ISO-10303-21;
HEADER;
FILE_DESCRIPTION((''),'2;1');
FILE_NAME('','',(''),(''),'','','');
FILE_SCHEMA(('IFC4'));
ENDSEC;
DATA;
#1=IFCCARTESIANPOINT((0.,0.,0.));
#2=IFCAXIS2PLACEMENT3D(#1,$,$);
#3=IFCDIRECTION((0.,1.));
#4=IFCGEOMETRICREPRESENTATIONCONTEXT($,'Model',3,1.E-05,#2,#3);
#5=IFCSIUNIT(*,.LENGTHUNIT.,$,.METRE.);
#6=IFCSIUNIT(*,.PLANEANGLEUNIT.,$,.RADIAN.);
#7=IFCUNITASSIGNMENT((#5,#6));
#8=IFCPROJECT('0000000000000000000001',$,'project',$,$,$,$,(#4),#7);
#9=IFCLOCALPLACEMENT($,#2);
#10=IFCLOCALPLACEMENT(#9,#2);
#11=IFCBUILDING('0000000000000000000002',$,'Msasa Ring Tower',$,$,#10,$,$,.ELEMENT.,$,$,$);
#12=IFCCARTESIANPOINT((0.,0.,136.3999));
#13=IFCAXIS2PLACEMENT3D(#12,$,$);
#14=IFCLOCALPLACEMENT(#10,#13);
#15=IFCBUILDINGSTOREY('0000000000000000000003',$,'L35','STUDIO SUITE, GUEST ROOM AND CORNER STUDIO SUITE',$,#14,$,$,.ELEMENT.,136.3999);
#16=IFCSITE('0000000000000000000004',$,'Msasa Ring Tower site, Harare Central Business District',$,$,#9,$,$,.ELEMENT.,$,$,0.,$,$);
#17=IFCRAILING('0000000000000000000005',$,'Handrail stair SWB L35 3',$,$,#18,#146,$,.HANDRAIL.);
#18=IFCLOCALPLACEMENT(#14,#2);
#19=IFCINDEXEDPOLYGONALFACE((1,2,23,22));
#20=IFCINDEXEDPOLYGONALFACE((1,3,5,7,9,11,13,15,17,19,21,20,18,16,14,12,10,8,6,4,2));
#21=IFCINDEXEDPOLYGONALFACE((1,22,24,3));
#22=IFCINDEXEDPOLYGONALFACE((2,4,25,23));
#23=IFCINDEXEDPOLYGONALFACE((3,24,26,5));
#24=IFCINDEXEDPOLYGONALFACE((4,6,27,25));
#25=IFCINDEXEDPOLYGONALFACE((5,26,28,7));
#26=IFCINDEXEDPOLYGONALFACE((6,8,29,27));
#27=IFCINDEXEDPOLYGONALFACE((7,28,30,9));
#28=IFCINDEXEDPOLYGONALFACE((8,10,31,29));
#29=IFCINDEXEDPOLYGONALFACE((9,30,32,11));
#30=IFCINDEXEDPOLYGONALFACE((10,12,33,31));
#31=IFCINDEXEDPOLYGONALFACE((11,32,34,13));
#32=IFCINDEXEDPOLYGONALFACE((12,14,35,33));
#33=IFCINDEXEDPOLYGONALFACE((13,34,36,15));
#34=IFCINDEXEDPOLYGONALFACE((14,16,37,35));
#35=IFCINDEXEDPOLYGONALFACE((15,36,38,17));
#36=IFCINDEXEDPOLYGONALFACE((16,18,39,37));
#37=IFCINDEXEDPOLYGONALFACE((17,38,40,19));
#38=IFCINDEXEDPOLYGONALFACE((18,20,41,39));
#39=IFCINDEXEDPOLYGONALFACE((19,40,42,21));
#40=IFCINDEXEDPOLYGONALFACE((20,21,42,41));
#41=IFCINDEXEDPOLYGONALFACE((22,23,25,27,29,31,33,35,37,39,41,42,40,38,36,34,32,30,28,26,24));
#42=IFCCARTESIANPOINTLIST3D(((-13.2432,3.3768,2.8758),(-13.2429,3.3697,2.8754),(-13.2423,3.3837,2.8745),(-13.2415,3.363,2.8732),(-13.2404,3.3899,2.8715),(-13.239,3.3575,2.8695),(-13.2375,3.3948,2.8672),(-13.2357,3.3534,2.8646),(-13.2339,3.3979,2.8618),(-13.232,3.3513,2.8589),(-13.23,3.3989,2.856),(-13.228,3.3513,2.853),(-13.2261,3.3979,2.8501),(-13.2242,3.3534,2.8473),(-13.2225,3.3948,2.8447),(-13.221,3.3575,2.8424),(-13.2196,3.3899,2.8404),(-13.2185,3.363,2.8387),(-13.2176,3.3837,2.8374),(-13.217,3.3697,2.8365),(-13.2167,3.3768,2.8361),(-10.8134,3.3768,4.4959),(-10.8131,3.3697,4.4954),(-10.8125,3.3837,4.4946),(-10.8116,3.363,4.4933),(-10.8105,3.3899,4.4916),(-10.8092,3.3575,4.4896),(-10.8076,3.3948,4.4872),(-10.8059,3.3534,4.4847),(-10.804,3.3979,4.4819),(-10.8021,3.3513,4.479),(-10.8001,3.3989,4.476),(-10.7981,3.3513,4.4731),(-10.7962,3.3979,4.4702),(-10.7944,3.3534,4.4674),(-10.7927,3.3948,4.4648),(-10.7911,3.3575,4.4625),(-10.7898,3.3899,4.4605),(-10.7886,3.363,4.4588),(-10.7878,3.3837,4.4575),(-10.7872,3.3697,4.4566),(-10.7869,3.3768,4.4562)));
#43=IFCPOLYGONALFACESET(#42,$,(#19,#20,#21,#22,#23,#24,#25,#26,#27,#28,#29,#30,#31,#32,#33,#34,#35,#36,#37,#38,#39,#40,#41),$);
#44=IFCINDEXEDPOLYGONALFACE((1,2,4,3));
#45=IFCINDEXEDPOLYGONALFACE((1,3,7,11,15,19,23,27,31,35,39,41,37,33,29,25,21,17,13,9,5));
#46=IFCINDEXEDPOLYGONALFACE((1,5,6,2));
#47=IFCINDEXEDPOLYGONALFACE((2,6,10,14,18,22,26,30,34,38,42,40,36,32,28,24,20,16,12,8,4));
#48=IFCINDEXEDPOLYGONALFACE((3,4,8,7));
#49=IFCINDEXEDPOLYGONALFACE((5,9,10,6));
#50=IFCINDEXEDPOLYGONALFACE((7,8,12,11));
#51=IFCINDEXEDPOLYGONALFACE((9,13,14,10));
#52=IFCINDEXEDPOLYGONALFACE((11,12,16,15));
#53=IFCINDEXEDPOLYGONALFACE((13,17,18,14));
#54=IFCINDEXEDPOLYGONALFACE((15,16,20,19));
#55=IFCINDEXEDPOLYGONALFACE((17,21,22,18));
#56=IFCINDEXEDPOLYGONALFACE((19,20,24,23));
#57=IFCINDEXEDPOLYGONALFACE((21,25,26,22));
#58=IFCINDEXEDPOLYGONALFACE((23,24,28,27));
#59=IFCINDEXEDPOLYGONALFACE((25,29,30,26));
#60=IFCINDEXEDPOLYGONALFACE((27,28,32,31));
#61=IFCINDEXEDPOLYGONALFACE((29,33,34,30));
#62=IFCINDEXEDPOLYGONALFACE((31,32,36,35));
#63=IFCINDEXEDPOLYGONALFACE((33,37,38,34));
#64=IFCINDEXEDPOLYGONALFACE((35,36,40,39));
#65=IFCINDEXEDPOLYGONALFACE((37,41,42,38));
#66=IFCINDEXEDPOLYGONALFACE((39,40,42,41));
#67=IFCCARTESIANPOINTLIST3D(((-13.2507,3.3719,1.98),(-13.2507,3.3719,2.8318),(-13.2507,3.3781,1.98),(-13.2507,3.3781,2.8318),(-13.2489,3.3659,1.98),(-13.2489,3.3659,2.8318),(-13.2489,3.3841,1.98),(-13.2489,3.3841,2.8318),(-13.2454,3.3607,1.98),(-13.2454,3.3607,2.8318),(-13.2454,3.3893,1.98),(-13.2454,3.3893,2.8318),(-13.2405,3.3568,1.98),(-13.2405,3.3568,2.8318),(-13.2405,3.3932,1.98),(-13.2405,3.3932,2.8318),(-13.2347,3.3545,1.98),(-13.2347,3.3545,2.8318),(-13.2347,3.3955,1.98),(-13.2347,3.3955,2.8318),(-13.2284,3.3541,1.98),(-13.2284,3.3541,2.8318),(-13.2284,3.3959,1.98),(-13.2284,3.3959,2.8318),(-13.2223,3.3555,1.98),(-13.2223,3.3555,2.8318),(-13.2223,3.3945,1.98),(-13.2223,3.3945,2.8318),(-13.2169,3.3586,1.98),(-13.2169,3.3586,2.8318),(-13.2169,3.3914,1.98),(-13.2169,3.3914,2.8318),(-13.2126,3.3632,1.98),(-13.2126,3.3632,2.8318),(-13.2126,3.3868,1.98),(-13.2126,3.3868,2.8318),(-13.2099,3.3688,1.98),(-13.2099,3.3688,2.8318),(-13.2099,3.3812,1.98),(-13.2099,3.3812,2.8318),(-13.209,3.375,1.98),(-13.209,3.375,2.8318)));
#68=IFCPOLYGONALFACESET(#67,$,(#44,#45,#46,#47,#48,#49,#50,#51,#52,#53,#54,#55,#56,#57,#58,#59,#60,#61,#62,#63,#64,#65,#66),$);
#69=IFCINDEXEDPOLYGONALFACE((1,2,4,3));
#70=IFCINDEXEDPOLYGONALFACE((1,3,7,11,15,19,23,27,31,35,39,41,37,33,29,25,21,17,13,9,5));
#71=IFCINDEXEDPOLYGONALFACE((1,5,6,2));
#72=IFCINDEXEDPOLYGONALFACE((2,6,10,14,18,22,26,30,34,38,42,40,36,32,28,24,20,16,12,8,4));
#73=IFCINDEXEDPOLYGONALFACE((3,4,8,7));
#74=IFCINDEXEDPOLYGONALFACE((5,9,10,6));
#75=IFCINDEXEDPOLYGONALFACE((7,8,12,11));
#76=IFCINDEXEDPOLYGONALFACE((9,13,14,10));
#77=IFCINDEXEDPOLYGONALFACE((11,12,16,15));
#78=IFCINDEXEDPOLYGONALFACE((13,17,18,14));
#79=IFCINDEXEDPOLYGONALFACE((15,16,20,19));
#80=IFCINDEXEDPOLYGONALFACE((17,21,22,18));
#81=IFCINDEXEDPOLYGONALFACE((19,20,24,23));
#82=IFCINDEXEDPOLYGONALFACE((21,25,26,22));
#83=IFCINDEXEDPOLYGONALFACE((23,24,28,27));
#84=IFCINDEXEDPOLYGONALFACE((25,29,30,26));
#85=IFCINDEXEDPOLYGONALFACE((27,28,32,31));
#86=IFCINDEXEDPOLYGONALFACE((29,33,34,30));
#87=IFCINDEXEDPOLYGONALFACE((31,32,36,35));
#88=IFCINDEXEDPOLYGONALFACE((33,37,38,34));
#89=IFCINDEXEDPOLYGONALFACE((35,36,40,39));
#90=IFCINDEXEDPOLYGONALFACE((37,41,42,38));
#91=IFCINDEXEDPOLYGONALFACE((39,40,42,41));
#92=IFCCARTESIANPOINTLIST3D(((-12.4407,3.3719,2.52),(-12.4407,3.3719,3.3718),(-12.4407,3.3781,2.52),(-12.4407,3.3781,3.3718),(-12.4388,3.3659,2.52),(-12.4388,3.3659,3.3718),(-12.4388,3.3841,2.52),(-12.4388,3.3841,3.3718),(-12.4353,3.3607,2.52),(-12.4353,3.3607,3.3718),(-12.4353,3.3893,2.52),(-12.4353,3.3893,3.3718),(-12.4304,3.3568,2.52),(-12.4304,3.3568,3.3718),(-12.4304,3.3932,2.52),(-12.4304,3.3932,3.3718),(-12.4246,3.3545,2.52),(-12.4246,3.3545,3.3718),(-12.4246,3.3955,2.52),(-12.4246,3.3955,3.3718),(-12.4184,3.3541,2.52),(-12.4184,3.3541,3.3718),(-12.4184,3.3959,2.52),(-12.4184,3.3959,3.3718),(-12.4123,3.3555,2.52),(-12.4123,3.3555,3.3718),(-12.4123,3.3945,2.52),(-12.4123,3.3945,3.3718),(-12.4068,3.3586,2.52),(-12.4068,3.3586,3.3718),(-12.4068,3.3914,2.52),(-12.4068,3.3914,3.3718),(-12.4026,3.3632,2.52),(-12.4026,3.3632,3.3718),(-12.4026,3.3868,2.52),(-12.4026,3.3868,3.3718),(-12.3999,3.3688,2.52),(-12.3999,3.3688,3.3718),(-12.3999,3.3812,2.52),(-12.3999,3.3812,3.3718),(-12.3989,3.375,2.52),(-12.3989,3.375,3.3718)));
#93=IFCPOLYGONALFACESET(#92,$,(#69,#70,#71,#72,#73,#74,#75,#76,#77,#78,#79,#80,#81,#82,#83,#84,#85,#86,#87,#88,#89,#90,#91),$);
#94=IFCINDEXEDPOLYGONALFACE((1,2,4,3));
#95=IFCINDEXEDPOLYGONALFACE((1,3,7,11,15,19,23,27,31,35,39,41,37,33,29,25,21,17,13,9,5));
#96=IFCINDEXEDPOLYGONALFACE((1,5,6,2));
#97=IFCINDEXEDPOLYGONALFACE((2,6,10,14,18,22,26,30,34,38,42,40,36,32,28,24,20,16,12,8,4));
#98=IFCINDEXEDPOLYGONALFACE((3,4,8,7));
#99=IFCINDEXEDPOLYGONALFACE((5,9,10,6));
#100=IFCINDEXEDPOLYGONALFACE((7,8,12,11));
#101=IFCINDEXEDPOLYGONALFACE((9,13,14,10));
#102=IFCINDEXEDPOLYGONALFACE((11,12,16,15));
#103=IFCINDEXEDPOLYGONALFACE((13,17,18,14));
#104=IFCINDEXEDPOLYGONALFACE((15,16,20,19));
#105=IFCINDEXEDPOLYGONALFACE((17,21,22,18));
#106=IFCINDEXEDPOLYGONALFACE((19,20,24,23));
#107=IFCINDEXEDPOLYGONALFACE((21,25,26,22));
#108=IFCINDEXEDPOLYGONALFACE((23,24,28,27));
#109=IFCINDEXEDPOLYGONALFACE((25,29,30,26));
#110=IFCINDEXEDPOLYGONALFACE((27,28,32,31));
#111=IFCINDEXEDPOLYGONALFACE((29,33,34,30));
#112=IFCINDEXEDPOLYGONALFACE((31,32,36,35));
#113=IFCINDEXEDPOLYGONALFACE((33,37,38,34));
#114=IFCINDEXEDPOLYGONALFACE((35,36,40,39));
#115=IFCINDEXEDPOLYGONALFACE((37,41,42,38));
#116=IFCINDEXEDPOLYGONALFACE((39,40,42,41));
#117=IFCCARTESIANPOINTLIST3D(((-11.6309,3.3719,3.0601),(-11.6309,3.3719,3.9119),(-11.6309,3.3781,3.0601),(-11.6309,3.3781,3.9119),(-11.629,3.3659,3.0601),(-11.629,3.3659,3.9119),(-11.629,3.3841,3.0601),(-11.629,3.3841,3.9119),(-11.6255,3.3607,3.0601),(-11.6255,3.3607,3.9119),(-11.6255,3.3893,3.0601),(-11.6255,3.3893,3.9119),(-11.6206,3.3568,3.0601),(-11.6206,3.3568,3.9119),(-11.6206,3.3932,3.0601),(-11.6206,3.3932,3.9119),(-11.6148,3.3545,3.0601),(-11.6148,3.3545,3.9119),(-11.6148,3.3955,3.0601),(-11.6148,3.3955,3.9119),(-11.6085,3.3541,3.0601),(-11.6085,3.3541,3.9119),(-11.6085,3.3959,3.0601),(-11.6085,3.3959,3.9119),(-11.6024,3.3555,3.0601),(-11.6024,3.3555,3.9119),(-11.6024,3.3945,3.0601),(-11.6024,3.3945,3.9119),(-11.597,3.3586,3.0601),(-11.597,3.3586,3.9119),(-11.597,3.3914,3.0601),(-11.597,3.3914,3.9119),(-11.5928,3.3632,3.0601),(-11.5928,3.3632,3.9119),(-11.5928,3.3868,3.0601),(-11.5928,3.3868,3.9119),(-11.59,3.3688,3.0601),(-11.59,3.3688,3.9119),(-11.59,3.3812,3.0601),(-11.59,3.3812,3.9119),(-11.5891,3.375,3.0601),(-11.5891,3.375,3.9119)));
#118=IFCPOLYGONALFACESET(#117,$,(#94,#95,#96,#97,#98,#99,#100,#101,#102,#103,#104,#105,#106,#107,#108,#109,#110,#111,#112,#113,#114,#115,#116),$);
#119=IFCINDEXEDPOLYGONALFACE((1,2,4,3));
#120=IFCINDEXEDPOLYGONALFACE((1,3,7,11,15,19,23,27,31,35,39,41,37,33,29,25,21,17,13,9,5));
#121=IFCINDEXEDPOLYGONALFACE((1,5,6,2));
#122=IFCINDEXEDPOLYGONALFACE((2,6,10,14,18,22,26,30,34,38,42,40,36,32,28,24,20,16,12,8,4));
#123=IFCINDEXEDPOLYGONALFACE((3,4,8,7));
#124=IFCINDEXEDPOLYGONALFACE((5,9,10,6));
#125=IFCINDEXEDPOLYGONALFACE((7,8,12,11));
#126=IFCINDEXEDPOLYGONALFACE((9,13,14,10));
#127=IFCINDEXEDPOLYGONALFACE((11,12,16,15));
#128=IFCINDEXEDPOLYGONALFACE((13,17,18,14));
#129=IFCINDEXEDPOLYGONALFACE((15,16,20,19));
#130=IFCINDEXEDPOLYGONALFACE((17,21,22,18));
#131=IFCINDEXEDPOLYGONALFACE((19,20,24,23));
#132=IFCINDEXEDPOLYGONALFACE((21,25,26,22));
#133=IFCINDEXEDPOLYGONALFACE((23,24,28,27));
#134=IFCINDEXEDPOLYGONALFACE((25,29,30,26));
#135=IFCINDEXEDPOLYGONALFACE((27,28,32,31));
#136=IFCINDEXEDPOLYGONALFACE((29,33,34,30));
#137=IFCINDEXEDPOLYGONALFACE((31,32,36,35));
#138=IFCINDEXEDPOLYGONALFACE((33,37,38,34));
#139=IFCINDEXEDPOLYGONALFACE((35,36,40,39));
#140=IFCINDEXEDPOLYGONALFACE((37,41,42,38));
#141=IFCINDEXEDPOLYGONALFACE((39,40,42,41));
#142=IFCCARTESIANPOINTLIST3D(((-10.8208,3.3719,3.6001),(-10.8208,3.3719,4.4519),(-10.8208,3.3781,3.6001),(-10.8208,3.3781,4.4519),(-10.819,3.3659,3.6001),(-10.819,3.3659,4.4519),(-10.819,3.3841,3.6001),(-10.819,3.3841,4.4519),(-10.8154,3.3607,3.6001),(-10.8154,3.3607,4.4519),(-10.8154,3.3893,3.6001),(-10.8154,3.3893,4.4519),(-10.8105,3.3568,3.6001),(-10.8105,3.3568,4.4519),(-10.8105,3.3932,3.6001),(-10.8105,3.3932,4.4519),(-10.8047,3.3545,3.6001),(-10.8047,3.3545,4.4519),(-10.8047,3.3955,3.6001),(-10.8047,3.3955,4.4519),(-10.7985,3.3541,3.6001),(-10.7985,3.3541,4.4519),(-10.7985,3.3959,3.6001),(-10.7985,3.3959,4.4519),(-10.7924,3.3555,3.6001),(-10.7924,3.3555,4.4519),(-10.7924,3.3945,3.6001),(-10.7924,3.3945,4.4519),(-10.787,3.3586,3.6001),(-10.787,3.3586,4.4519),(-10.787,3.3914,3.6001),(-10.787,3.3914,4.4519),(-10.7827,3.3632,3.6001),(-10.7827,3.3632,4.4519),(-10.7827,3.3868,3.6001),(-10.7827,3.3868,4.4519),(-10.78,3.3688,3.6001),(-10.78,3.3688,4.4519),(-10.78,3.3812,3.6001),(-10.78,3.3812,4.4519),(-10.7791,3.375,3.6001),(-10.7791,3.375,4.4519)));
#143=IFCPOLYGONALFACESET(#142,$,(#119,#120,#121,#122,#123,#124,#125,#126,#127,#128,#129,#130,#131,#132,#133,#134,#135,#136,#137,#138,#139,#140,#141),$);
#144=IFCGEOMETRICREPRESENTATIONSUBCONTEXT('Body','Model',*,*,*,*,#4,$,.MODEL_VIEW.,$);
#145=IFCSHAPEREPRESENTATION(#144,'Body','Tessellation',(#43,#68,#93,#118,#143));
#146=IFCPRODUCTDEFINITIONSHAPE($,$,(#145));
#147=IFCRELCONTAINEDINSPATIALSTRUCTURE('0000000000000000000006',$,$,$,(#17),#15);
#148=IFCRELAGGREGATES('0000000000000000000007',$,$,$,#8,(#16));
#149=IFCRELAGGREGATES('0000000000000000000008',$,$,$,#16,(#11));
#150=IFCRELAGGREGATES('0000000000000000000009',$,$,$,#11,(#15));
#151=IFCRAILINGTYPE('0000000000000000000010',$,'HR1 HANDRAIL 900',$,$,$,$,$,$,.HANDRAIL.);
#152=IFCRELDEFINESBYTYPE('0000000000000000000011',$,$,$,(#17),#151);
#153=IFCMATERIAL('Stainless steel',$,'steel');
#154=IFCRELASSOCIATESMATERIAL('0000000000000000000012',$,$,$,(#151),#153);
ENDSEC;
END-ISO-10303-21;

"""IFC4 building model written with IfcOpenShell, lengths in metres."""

from ifc_helpers import new_model, si_unit, direction, frame, origin, origin_2d, place, context, subcontext, project, spatial, circle, extrude, material, type_object, element, save


model = new_model("IFC4")

# Units and contexts
model_context = context("Model", 3, precision=1e-05, world=origin(), true_north=direction((0.0, 1.0)))
body_context = subcontext(model_context, "Body", "Model", "MODEL_VIEW")
ifc_project = project(units=[si_unit("LENGTHUNIT", "METRE"), si_unit("PLANEANGLEUNIT", "RADIAN")], contexts=[model_context])

# Site, building, storey
site_placement = place(None, origin())
site = spatial("IfcSite", under=ifc_project, at=site_placement, Name="Msasa Ring Tower site, Harare Central Business District", CompositionType="ELEMENT", RefElevation=0.0)
building_placement = place(site_placement, origin())
building = spatial("IfcBuilding", under=site, at=building_placement, Name="Msasa Ring Tower", CompositionType="ELEMENT")
storey_placement = place(building_placement, frame((0.0, 0.0, 136.3999)))
storey = spatial("IfcBuildingStorey", under=building, at=storey_placement, Name="L35", Description="STUDIO SUITE, GUEST ROOM AND CORNER STUDIO SUITE", CompositionType="ELEMENT", Elevation=136.3999)

# Railing
ifc_material_1 = material(Name="Stainless steel", Category="steel")
railing_type = type_object("IfcRailingType", Name="HR1 HANDRAIL 900", PredefinedType="HANDRAIL", material=ifc_material_1)
for number, where, name in (
    (1, (-13.23, 3.375, 1.98), "Handrail stair SWB L35 3"),
):
    element("IfcRailing", number, at=place(storey_placement, frame(where)), inside=storey, type_object=railing_type, Name=name, PredefinedType="HANDRAIL", context=body_context, shape_type="SweptSolid", body=[
        extrude(circle(Radius=0.0239, at=origin_2d()), frame((0.0, 0.0, 0.876), z_axis=(0.832025, 0.0, 0.554739), x_axis=(0.0, 1.0, 0.0)), (0.0, 0.0, 1.0), 2.9204),
        extrude(circle(Radius=0.021, at=origin_2d()), origin(), (0.0, 0.0, 1.0), 0.8518),
        extrude(circle(Radius=0.021, at=origin_2d()), frame((0.8101, 0.0, 0.54)), (0.0, 0.0, 1.0), 0.8518),
        extrude(circle(Radius=0.021, at=origin_2d()), frame((1.6199, 0.0, 1.0801)), (0.0, 0.0, 1.0), 0.8518),
        extrude(circle(Radius=0.021, at=origin_2d()), frame((2.4299, 0.0, 1.6201)), (0.0, 0.0, 1.0), 0.8518),
    ])

save(model, "model.ifc")
